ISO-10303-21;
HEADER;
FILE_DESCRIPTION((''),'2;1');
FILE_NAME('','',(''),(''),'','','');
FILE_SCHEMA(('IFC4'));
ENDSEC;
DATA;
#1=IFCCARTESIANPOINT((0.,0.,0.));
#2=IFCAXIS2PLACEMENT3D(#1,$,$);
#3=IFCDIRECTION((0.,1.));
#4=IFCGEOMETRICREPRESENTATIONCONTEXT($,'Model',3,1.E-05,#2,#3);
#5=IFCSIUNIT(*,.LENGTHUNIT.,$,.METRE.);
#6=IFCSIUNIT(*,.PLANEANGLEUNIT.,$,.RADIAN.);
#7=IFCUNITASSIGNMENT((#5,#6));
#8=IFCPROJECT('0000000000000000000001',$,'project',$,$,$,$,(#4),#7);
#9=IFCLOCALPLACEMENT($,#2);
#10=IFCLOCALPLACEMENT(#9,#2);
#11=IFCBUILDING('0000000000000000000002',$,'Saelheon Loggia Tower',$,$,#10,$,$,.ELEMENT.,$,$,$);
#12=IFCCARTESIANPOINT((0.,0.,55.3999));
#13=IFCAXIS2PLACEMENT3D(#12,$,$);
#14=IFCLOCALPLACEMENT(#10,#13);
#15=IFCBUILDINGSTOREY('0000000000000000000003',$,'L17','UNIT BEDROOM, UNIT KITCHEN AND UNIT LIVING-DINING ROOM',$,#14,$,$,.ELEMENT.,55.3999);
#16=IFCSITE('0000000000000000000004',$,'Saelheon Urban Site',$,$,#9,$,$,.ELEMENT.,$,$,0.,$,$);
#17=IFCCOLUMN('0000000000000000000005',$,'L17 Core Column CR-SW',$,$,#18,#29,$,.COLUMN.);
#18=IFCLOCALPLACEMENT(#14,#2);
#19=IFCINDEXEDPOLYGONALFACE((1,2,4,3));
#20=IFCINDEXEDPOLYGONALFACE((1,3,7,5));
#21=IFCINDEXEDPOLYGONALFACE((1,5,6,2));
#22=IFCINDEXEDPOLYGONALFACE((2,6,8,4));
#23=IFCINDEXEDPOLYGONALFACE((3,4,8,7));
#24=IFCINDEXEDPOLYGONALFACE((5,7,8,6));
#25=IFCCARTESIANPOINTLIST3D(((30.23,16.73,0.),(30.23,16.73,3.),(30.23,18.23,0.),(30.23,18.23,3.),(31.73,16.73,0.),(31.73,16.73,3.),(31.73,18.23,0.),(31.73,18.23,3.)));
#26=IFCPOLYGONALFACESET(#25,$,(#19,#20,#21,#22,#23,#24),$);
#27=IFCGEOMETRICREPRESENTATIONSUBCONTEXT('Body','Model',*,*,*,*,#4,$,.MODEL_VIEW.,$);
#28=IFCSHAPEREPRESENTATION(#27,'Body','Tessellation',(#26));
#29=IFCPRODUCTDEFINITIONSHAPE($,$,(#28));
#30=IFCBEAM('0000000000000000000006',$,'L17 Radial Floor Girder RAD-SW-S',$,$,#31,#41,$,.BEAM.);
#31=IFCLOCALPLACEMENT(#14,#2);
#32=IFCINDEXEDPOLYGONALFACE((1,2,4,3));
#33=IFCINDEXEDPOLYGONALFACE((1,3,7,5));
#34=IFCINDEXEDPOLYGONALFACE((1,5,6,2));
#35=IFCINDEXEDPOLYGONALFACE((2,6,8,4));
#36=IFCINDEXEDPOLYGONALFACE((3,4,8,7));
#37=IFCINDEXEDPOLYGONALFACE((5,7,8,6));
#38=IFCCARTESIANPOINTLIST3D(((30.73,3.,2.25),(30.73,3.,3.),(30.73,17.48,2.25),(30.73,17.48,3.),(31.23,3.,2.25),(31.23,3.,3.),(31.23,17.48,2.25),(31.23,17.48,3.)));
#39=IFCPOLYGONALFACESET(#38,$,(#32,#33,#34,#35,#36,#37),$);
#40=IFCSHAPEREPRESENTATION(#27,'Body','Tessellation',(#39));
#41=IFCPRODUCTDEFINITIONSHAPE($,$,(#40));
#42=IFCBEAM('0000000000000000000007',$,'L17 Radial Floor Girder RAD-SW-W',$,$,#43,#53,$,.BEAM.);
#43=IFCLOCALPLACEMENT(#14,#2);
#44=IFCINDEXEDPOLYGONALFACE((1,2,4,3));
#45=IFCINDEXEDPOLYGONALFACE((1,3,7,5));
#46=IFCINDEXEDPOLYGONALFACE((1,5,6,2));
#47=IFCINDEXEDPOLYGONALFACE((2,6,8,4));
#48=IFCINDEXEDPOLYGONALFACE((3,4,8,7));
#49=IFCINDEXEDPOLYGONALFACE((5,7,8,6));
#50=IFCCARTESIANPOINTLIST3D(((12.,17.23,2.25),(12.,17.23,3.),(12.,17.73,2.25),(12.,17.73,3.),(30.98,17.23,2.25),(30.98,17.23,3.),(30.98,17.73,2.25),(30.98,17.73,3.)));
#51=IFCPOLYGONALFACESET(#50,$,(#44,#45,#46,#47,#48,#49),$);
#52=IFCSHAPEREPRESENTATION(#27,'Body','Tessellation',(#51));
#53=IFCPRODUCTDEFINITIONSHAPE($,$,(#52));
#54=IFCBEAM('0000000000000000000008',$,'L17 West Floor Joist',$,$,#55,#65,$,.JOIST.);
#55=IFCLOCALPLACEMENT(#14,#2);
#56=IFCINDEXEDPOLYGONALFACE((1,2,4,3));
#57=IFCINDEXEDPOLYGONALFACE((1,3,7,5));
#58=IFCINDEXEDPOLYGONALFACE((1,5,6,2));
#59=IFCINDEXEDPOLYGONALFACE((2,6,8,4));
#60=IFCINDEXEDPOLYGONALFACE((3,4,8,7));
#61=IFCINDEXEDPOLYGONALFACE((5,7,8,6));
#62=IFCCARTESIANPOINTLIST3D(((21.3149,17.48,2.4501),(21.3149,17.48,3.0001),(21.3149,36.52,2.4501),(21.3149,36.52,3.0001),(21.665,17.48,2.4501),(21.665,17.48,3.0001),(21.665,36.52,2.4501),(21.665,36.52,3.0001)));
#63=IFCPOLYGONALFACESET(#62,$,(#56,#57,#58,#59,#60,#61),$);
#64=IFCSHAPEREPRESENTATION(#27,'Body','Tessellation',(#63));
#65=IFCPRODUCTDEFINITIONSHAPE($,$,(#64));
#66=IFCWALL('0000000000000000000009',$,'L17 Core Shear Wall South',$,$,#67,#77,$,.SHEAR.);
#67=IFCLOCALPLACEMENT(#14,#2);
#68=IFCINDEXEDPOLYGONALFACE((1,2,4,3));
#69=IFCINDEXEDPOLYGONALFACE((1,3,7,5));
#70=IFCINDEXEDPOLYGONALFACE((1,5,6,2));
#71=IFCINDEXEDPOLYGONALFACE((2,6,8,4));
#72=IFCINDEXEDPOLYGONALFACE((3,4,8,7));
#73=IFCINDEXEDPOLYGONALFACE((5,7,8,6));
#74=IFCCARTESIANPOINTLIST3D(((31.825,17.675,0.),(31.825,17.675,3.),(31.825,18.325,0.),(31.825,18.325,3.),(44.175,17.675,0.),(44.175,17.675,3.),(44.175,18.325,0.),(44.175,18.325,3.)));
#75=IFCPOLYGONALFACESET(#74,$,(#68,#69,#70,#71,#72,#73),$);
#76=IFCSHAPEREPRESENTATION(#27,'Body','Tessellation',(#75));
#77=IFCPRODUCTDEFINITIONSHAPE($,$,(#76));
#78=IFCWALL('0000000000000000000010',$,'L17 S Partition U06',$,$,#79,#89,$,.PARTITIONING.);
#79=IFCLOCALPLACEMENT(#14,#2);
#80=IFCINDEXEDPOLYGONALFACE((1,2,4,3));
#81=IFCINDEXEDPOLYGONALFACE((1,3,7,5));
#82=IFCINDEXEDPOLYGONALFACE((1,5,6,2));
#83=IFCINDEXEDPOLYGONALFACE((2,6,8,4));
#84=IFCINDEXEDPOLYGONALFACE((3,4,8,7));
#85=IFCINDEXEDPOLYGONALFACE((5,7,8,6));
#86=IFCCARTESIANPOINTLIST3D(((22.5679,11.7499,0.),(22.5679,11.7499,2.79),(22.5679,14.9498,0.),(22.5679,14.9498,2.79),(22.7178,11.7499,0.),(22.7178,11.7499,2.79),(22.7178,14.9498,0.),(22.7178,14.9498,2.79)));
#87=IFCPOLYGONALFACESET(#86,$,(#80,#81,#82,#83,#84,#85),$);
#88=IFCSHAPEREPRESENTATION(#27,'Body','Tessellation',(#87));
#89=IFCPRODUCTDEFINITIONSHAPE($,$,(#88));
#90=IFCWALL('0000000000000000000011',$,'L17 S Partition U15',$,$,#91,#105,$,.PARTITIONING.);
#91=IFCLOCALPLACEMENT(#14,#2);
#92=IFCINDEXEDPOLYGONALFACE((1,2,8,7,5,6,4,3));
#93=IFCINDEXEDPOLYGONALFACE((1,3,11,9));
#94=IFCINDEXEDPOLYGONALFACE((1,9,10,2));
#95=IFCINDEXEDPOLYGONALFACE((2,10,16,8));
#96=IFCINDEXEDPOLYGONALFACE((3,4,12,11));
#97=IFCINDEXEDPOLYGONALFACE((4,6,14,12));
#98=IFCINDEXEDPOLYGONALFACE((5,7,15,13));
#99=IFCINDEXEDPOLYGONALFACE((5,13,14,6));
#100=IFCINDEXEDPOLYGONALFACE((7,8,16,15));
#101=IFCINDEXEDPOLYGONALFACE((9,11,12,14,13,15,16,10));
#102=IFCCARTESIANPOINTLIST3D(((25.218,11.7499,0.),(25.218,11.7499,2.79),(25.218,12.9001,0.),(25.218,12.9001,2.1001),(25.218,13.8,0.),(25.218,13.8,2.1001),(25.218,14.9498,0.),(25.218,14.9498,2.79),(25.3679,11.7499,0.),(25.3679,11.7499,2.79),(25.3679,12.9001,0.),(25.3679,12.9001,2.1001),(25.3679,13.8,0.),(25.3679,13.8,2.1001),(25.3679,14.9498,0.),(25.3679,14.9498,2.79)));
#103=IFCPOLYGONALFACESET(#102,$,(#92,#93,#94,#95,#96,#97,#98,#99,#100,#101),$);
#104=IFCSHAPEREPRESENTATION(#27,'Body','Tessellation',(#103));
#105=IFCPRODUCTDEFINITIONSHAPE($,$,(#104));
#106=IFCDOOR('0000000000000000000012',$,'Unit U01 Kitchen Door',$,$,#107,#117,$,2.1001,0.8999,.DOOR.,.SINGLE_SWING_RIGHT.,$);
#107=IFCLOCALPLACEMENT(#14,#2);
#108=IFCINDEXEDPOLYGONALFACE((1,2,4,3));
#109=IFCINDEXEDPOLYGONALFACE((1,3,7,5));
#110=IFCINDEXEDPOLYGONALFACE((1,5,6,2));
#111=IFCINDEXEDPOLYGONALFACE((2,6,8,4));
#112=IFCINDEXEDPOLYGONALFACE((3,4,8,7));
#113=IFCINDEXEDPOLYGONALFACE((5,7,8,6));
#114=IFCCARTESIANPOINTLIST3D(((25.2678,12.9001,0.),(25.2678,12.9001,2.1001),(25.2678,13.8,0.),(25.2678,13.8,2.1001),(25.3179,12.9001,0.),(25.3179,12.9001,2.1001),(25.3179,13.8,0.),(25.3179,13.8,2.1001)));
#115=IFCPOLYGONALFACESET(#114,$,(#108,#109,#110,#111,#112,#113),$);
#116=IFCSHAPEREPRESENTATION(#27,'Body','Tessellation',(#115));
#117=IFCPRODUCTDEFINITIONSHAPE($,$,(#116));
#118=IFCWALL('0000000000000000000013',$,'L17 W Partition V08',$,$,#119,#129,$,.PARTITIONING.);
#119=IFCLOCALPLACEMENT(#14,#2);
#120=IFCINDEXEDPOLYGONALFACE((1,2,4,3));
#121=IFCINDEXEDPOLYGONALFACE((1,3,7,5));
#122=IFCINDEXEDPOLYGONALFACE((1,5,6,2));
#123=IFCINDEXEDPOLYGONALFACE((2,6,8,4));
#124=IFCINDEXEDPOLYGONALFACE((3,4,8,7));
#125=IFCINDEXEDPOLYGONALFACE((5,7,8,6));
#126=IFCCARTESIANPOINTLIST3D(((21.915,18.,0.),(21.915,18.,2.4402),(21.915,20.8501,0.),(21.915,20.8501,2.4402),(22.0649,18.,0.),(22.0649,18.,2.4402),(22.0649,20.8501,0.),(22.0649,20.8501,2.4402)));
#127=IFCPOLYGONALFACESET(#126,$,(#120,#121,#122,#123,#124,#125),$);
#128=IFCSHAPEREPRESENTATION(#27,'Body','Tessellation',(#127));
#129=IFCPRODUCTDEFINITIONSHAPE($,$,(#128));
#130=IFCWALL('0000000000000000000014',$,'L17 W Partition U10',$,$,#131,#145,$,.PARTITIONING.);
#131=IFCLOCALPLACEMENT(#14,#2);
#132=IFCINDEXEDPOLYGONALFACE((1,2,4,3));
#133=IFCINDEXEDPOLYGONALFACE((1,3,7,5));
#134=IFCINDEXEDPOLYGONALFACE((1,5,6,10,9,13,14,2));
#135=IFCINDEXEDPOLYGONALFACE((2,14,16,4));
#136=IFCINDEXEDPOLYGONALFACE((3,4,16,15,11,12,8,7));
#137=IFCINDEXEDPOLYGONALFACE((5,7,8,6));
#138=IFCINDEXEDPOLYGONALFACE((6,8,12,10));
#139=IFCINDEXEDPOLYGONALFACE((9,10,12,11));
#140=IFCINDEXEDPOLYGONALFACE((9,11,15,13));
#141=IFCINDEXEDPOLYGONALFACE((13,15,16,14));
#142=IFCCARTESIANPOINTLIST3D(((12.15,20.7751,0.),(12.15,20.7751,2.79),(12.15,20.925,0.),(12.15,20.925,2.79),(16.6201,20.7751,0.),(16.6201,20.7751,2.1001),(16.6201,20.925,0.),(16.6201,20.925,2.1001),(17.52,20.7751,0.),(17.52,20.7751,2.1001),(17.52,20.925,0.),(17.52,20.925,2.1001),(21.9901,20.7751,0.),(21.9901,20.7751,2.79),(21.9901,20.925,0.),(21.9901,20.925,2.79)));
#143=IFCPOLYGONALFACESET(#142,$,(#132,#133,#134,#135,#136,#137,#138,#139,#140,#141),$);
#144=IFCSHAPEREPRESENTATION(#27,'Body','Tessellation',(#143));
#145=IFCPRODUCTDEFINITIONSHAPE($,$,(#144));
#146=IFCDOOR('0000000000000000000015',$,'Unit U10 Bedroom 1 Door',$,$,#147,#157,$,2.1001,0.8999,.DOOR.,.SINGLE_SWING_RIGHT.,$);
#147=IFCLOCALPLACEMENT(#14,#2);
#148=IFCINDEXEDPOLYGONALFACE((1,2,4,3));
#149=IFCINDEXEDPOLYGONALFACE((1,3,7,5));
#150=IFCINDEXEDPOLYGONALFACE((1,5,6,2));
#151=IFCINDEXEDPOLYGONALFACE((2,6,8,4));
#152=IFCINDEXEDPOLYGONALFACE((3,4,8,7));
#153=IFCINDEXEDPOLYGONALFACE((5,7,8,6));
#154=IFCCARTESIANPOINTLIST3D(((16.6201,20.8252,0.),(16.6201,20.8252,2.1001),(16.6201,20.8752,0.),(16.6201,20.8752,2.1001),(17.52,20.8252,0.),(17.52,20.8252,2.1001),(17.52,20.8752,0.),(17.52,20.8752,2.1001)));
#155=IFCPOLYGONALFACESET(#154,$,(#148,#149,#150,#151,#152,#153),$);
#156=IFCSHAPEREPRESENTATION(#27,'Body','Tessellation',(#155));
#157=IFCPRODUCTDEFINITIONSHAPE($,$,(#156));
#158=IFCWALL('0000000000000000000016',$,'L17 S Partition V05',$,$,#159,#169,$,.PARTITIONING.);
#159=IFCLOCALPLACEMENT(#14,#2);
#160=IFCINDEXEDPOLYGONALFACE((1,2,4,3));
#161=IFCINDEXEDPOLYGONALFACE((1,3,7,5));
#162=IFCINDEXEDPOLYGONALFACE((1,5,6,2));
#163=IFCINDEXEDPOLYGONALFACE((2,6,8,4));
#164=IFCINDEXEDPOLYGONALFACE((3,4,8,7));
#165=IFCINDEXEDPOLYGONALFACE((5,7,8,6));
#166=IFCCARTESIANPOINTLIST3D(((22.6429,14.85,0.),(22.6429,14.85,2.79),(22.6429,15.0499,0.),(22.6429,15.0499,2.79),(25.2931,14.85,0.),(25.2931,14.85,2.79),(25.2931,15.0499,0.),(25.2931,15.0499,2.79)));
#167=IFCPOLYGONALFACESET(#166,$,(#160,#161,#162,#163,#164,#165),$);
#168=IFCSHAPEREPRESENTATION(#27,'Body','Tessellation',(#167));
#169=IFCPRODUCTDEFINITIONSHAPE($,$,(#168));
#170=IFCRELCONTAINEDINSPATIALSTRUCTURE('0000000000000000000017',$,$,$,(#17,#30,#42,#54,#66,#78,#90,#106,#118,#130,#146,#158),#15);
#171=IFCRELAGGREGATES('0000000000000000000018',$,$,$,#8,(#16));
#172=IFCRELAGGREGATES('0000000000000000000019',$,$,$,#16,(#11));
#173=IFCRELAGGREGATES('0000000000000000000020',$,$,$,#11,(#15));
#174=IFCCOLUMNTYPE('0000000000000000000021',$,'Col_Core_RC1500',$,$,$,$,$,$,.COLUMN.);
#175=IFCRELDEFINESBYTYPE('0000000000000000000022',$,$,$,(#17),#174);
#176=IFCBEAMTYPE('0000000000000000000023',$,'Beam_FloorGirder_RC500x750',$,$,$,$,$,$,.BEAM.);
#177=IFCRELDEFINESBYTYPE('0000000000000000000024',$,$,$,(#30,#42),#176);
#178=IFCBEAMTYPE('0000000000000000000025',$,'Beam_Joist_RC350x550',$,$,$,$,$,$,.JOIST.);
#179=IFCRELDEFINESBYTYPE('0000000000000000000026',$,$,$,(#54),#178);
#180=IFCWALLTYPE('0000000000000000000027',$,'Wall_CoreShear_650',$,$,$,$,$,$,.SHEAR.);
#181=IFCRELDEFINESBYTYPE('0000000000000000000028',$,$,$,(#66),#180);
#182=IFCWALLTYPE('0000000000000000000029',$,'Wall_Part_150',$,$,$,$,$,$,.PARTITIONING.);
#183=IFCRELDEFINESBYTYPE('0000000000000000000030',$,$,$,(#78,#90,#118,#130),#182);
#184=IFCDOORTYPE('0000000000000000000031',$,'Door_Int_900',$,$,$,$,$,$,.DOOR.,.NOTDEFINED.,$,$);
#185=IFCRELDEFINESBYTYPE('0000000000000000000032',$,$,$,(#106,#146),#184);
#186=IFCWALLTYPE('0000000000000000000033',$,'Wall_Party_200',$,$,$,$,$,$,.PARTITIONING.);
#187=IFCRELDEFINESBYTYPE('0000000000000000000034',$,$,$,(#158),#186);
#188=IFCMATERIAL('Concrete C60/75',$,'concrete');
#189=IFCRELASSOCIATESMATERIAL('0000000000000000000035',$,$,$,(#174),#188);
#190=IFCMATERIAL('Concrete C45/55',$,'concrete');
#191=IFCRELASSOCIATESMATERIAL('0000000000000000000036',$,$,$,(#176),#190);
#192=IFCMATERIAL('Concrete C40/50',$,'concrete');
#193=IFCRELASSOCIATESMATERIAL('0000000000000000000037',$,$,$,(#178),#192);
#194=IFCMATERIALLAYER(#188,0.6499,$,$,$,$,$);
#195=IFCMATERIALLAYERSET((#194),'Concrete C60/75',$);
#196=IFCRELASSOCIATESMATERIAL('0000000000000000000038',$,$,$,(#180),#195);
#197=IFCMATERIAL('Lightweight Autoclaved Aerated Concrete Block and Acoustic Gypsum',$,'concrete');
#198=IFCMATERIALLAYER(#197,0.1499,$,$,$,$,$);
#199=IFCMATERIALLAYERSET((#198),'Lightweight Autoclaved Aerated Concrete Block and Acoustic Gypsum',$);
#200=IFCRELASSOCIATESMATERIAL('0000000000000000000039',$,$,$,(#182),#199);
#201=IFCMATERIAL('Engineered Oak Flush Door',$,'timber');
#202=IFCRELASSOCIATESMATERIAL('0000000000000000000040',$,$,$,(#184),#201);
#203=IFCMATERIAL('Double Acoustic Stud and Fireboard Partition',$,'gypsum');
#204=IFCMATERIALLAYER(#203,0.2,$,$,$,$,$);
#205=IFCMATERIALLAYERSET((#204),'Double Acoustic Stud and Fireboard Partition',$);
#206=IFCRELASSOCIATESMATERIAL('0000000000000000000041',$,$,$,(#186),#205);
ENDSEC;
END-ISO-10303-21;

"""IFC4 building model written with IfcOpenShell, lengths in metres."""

from ifc_helpers import new_model, si_unit, direction, frame, frame_2d, origin, origin_2d, place, context, subcontext, project, spatial, rectangle, extrude, source, transform, mapped, material, layer, layer_set, material_profile, profile_set, type_object, element, fill, save


model = new_model("IFC4")

# Units and contexts
model_context = context("Model", 3, precision=1e-05, world=origin(), true_north=direction((0.0, 1.0)))
body_context = subcontext(model_context, "Body", "Model", "MODEL_VIEW")
ifc_project = project(units=[si_unit("LENGTHUNIT", "METRE"), si_unit("PLANEANGLEUNIT", "RADIAN")], contexts=[model_context])

# Site, building, storey
site_placement = place(None, origin())
site = spatial("IfcSite", under=ifc_project, at=site_placement, Name="Saelheon Urban Site", CompositionType="ELEMENT", RefElevation=0.0)
building_placement = place(site_placement, origin())
building = spatial("IfcBuilding", under=site, at=building_placement, Name="Saelheon Loggia Tower", CompositionType="ELEMENT")
storey_placement = place(building_placement, frame((0.0, 0.0, 55.3999)))
storey = spatial("IfcBuildingStorey", under=building, at=storey_placement, Name="L17", Description="UNIT BEDROOM, UNIT KITCHEN AND UNIT LIVING-DINING ROOM", CompositionType="ELEMENT", Elevation=55.3999)

# Column
ifc_material_1 = material(Name="Concrete C60/75", Category="concrete")
ifc_material_profile_1 = material_profile(ifc_material_1, rectangle(XDim=1.5, YDim=1.5, at=origin_2d()), Name="RC-1500x1500")
ifc_profile_set_1 = profile_set([ifc_material_profile_1], Name="Concrete C60/75")
column_type = type_object("IfcColumnType", Name="Col_Core_RC1500", PredefinedType="COLUMN", material=ifc_profile_set_1)
shared_shape_1 = source(origin(), body_context, "Body", "SweptSolid", [
    extrude(rectangle(XDim=1.5, YDim=1.5, at=origin_2d()), origin(), (0.0, 0.0, 1.0), 3.0),
])
column_placement = place(storey_placement, frame((30.98, 17.48, 0.0), z_axis=(0.0, 0.0, 1.0), x_axis=(1.0, 0.0, 0.0)))
element("IfcColumn", 1, at=column_placement, inside=storey, type_object=column_type, Name="L17 Core Column CR-SW", PredefinedType="COLUMN", context=body_context, shape_type="MappedRepresentation", body=[
    mapped(shared_shape_1, transform((0.0, 0.0, 0.0), scale=1.0)),
])

# Beams
ifc_material_2 = material(Name="Concrete C45/55", Category="concrete")
ifc_material_profile_2 = material_profile(ifc_material_2, rectangle(XDim=0.5, YDim=0.75, at=origin_2d()), Name="RC-500x750")
ifc_profile_set_2 = profile_set([ifc_material_profile_2], Name="Concrete C45/55")
beam_type_1 = type_object("IfcBeamType", Name="Beam_FloorGirder_RC500x750", PredefinedType="BEAM", material=ifc_profile_set_2)
shared_shape_2 = source(origin(), body_context, "Body", "SweptSolid", [
    extrude(rectangle(XDim=0.5, YDim=0.75, at=origin_2d()), origin(), (0.0, 0.0, 1.0), 14.48),
])
beam_1_placement = place(storey_placement, frame((30.98, 17.48, 2.625), z_axis=(0.0, -1.0, 0.0), x_axis=(1.0, 0.0, 0.0)))
element("IfcBeam", 2, at=beam_1_placement, inside=storey, type_object=beam_type_1, Name="L17 Radial Floor Girder RAD-SW-S", PredefinedType="BEAM", context=body_context, shape_type="MappedRepresentation", body=[
    mapped(shared_shape_2, transform((0.0, 0.0, 0.0), scale=1.0)),
])
shared_shape_3 = source(origin(), body_context, "Body", "SweptSolid", [
    extrude(rectangle(XDim=0.5, YDim=0.75, at=origin_2d()), origin(), (0.0, 0.0, 1.0), 18.98),
])
beam_2_placement = place(storey_placement, frame((30.98, 17.48, 2.625), z_axis=(-1.0, 0.0, 0.0), x_axis=(0.0, -1.0, 0.0)))
element("IfcBeam", 3, at=beam_2_placement, inside=storey, type_object=beam_type_1, Name="L17 Radial Floor Girder RAD-SW-W", PredefinedType="BEAM", context=body_context, shape_type="MappedRepresentation", body=[
    mapped(shared_shape_3, transform((0.0, 0.0, 0.0), scale=1.0)),
])
ifc_material_3 = material(Name="Concrete C40/50", Category="concrete")
ifc_material_profile_3 = material_profile(ifc_material_3, rectangle(XDim=0.3501, YDim=0.55, at=origin_2d()), Name="RC-350x550")
ifc_profile_set_3 = profile_set([ifc_material_profile_3], Name="Concrete C40/50")
beam_type_2 = type_object("IfcBeamType", Name="Beam_Joist_RC350x550", PredefinedType="JOIST", material=ifc_profile_set_3)
shared_shape_4 = source(origin(), body_context, "Body", "SweptSolid", [
    extrude(rectangle(XDim=0.3501, YDim=0.55, at=origin_2d()), origin(), (0.0, 0.0, 1.0), 19.04),
])
beam_3_placement = place(storey_placement, frame((21.49, 17.48, 2.7251), z_axis=(0.0, 1.0, 0.0), x_axis=(-1.0, 0.0, 0.0)))
element("IfcBeam", 4, at=beam_3_placement, inside=storey, type_object=beam_type_2, Name="L17 West Floor Joist", PredefinedType="JOIST", context=body_context, shape_type="MappedRepresentation", body=[
    mapped(shared_shape_4, transform((0.0, 0.0, 0.0), scale=1.0)),
])

# Shared definitions
ifc_layer_1 = layer(ifc_material_1, 0.6499)
ifc_layer_set_1 = layer_set([ifc_layer_1], Name="Concrete C60/75")
wall_type_1 = type_object("IfcWallType", Name="Wall_CoreShear_650", PredefinedType="SHEAR", material=ifc_layer_set_1)

# Walls
wall_1_placement = place(storey_placement, frame((31.825, 18.0, 0.0), z_axis=(0.0, 0.0, 1.0), x_axis=(1.0, 0.0, 0.0)))
element("IfcWall", 5, at=wall_1_placement, inside=storey, type_object=wall_type_1, Name="L17 Core Shear Wall South", PredefinedType="SHEAR", context=body_context, shape_type="SweptSolid", body=[
    extrude(rectangle(XDim=12.3501, YDim=0.6499, at=frame_2d((6.175, 0.0))), origin(), (0.0, 0.0, 1.0), 3.0),
])
ifc_material_4 = material(Name="Lightweight Autoclaved Aerated Concrete Block and Acoustic Gypsum", Category="concrete")
ifc_layer_2 = layer(ifc_material_4, 0.1499)
ifc_layer_set_2 = layer_set([ifc_layer_2], Name="Lightweight Autoclaved Aerated Concrete Block and Acoustic Gypsum")
wall_type_2 = type_object("IfcWallType", Name="Wall_Part_150", PredefinedType="PARTITIONING", material=ifc_layer_set_2)
wall_2_placement = place(storey_placement, frame((22.6428, 14.95, 0.0), z_axis=(0.0, 0.0, 1.0), x_axis=(0.0, -1.0, 0.0)))
element("IfcWall", 6, at=wall_2_placement, inside=storey, type_object=wall_type_2, Name="L17 S Partition U06", PredefinedType="PARTITIONING", context=body_context, shape_type="SweptSolid", body=[
    extrude(rectangle(XDim=3.2, YDim=0.1499, at=frame_2d((1.6001, 0.0))), origin(), (0.0, 0.0, 1.0), 2.79),
])

# Wall, opening, door
wall_3_placement = place(storey_placement, frame((25.293, 14.95, 0.0), z_axis=(0.0, 0.0, 1.0), x_axis=(0.0, -1.0, 0.0)))
wall_3 = element("IfcWall", 7, at=wall_3_placement, inside=storey, type_object=wall_type_2, Name="L17 S Partition U15", PredefinedType="PARTITIONING", context=body_context, shape_type="SweptSolid", body=[
    extrude(rectangle(XDim=3.2, YDim=0.1499, at=frame_2d((1.6001, 0.0))), origin(), (0.0, 0.0, 1.0), 2.79),
])
opening_1_placement = place(wall_3_placement, frame((1.1499, 0.0, 0.0)))
opening_1 = element("IfcOpeningElement", 8, at=opening_1_placement, cuts=wall_3, PredefinedType="OPENING", context=body_context, shape_type="SweptSolid", body=[
    extrude(rectangle(XDim=0.8999, YDim=2.1001, at=frame_2d((0.45, 1.05))), frame((0.0, 0.0869, 0.0), z_axis=(0.0, -1.0, 0.0), x_axis=(1.0, 0.0, 0.0)), (0.0, 0.0, 1.0), 0.1738),
])
ifc_material_5 = material(Name="Engineered Oak Flush Door", Category="timber")
door_type_1 = type_object("IfcDoorType", Name="Door_Int_900", OperationType="NOTDEFINED", PredefinedType="DOOR", material=ifc_material_5)
shared_shape_5 = source(origin(), body_context, "Body", "SweptSolid", [
    extrude(rectangle(XDim=0.8999, YDim=2.1001, at=frame_2d((0.45, 1.05))), frame((0.0, 0.0249, 0.0), z_axis=(0.0, -1.0, 0.0), x_axis=(1.0, 0.0, 0.0)), (0.0, 0.0, 1.0), 0.05),
])
door_1_placement = place(opening_1_placement, origin())
door_1 = element("IfcDoor", 9, at=door_1_placement, inside=storey, type_object=door_type_1, Name="Unit U01 Kitchen Door", OperationType="SINGLE_SWING_RIGHT", OverallHeight=2.1001, OverallWidth=0.8999, PredefinedType="DOOR", context=body_context, shape_type="MappedRepresentation", body=[
    mapped(shared_shape_5, transform((0.0, 0.0, 0.0), scale=1.0)),
])
fill(opening_1, door_1)

# Wall
wall_4_placement = place(storey_placement, frame((21.99, 18.0, 0.0), z_axis=(0.0, 0.0, 1.0), x_axis=(0.0, 1.0, 0.0)))
element("IfcWall", 10, at=wall_4_placement, inside=storey, type_object=wall_type_2, Name="L17 W Partition V08", PredefinedType="PARTITIONING", context=body_context, shape_type="SweptSolid", body=[
    extrude(rectangle(XDim=2.8501, YDim=0.1499, at=frame_2d((1.425, 0.0))), origin(), (0.0, 0.0, 1.0), 2.4402),
])

# Wall, opening, door
wall_5_placement = place(storey_placement, frame((21.99, 20.8501, 0.0), z_axis=(0.0, 0.0, 1.0), x_axis=(-1.0, 0.0, 0.0)))
wall_5 = element("IfcWall", 11, at=wall_5_placement, inside=storey, type_object=wall_type_2, Name="L17 W Partition U10", PredefinedType="PARTITIONING", context=body_context, shape_type="SweptSolid", body=[
    extrude(rectangle(XDim=9.8401, YDim=0.1499, at=frame_2d((4.9199, 0.0))), origin(), (0.0, 0.0, 1.0), 2.79),
])
opening_2_placement = place(wall_5_placement, frame((4.47, 0.0, 0.0)))
opening_2 = element("IfcOpeningElement", 12, at=opening_2_placement, cuts=wall_5, PredefinedType="OPENING", context=body_context, shape_type="SweptSolid", body=[
    extrude(rectangle(XDim=0.8999, YDim=2.1001, at=frame_2d((0.45, 1.05))), frame((0.0, 0.0869, 0.0), z_axis=(0.0, -1.0, 0.0), x_axis=(1.0, 0.0, 0.0)), (0.0, 0.0, 1.0), 0.1738),
])
door_2_placement = place(opening_2_placement, origin())
door_2 = element("IfcDoor", 13, at=door_2_placement, inside=storey, type_object=door_type_1, Name="Unit U10 Bedroom 1 Door", OperationType="SINGLE_SWING_RIGHT", OverallHeight=2.1001, OverallWidth=0.8999, PredefinedType="DOOR", context=body_context, shape_type="MappedRepresentation", body=[
    mapped(shared_shape_5, transform((0.0, 0.0, 0.0), scale=1.0)),
])
fill(opening_2, door_2)

# Wall
ifc_material_6 = material(Name="Double Acoustic Stud and Fireboard Partition", Category="gypsum")
ifc_layer_3 = layer(ifc_material_6, 0.2)
ifc_layer_set_3 = layer_set([ifc_layer_3], Name="Double Acoustic Stud and Fireboard Partition")
wall_type_3 = type_object("IfcWallType", Name="Wall_Party_200", PredefinedType="PARTITIONING", material=ifc_layer_set_3)
wall_6_placement = place(storey_placement, frame((22.6428, 14.95, 0.0), z_axis=(0.0, 0.0, 1.0), x_axis=(1.0, 0.0, 0.0)))
element("IfcWall", 14, at=wall_6_placement, inside=storey, type_object=wall_type_3, Name="L17 S Partition V05", PredefinedType="PARTITIONING", context=body_context, shape_type="SweptSolid", body=[
    extrude(rectangle(XDim=2.6501, YDim=0.2, at=frame_2d((1.3252, 0.0))), origin(), (0.0, 0.0, 1.0), 2.79),
])

save(model, "model.ifc")
